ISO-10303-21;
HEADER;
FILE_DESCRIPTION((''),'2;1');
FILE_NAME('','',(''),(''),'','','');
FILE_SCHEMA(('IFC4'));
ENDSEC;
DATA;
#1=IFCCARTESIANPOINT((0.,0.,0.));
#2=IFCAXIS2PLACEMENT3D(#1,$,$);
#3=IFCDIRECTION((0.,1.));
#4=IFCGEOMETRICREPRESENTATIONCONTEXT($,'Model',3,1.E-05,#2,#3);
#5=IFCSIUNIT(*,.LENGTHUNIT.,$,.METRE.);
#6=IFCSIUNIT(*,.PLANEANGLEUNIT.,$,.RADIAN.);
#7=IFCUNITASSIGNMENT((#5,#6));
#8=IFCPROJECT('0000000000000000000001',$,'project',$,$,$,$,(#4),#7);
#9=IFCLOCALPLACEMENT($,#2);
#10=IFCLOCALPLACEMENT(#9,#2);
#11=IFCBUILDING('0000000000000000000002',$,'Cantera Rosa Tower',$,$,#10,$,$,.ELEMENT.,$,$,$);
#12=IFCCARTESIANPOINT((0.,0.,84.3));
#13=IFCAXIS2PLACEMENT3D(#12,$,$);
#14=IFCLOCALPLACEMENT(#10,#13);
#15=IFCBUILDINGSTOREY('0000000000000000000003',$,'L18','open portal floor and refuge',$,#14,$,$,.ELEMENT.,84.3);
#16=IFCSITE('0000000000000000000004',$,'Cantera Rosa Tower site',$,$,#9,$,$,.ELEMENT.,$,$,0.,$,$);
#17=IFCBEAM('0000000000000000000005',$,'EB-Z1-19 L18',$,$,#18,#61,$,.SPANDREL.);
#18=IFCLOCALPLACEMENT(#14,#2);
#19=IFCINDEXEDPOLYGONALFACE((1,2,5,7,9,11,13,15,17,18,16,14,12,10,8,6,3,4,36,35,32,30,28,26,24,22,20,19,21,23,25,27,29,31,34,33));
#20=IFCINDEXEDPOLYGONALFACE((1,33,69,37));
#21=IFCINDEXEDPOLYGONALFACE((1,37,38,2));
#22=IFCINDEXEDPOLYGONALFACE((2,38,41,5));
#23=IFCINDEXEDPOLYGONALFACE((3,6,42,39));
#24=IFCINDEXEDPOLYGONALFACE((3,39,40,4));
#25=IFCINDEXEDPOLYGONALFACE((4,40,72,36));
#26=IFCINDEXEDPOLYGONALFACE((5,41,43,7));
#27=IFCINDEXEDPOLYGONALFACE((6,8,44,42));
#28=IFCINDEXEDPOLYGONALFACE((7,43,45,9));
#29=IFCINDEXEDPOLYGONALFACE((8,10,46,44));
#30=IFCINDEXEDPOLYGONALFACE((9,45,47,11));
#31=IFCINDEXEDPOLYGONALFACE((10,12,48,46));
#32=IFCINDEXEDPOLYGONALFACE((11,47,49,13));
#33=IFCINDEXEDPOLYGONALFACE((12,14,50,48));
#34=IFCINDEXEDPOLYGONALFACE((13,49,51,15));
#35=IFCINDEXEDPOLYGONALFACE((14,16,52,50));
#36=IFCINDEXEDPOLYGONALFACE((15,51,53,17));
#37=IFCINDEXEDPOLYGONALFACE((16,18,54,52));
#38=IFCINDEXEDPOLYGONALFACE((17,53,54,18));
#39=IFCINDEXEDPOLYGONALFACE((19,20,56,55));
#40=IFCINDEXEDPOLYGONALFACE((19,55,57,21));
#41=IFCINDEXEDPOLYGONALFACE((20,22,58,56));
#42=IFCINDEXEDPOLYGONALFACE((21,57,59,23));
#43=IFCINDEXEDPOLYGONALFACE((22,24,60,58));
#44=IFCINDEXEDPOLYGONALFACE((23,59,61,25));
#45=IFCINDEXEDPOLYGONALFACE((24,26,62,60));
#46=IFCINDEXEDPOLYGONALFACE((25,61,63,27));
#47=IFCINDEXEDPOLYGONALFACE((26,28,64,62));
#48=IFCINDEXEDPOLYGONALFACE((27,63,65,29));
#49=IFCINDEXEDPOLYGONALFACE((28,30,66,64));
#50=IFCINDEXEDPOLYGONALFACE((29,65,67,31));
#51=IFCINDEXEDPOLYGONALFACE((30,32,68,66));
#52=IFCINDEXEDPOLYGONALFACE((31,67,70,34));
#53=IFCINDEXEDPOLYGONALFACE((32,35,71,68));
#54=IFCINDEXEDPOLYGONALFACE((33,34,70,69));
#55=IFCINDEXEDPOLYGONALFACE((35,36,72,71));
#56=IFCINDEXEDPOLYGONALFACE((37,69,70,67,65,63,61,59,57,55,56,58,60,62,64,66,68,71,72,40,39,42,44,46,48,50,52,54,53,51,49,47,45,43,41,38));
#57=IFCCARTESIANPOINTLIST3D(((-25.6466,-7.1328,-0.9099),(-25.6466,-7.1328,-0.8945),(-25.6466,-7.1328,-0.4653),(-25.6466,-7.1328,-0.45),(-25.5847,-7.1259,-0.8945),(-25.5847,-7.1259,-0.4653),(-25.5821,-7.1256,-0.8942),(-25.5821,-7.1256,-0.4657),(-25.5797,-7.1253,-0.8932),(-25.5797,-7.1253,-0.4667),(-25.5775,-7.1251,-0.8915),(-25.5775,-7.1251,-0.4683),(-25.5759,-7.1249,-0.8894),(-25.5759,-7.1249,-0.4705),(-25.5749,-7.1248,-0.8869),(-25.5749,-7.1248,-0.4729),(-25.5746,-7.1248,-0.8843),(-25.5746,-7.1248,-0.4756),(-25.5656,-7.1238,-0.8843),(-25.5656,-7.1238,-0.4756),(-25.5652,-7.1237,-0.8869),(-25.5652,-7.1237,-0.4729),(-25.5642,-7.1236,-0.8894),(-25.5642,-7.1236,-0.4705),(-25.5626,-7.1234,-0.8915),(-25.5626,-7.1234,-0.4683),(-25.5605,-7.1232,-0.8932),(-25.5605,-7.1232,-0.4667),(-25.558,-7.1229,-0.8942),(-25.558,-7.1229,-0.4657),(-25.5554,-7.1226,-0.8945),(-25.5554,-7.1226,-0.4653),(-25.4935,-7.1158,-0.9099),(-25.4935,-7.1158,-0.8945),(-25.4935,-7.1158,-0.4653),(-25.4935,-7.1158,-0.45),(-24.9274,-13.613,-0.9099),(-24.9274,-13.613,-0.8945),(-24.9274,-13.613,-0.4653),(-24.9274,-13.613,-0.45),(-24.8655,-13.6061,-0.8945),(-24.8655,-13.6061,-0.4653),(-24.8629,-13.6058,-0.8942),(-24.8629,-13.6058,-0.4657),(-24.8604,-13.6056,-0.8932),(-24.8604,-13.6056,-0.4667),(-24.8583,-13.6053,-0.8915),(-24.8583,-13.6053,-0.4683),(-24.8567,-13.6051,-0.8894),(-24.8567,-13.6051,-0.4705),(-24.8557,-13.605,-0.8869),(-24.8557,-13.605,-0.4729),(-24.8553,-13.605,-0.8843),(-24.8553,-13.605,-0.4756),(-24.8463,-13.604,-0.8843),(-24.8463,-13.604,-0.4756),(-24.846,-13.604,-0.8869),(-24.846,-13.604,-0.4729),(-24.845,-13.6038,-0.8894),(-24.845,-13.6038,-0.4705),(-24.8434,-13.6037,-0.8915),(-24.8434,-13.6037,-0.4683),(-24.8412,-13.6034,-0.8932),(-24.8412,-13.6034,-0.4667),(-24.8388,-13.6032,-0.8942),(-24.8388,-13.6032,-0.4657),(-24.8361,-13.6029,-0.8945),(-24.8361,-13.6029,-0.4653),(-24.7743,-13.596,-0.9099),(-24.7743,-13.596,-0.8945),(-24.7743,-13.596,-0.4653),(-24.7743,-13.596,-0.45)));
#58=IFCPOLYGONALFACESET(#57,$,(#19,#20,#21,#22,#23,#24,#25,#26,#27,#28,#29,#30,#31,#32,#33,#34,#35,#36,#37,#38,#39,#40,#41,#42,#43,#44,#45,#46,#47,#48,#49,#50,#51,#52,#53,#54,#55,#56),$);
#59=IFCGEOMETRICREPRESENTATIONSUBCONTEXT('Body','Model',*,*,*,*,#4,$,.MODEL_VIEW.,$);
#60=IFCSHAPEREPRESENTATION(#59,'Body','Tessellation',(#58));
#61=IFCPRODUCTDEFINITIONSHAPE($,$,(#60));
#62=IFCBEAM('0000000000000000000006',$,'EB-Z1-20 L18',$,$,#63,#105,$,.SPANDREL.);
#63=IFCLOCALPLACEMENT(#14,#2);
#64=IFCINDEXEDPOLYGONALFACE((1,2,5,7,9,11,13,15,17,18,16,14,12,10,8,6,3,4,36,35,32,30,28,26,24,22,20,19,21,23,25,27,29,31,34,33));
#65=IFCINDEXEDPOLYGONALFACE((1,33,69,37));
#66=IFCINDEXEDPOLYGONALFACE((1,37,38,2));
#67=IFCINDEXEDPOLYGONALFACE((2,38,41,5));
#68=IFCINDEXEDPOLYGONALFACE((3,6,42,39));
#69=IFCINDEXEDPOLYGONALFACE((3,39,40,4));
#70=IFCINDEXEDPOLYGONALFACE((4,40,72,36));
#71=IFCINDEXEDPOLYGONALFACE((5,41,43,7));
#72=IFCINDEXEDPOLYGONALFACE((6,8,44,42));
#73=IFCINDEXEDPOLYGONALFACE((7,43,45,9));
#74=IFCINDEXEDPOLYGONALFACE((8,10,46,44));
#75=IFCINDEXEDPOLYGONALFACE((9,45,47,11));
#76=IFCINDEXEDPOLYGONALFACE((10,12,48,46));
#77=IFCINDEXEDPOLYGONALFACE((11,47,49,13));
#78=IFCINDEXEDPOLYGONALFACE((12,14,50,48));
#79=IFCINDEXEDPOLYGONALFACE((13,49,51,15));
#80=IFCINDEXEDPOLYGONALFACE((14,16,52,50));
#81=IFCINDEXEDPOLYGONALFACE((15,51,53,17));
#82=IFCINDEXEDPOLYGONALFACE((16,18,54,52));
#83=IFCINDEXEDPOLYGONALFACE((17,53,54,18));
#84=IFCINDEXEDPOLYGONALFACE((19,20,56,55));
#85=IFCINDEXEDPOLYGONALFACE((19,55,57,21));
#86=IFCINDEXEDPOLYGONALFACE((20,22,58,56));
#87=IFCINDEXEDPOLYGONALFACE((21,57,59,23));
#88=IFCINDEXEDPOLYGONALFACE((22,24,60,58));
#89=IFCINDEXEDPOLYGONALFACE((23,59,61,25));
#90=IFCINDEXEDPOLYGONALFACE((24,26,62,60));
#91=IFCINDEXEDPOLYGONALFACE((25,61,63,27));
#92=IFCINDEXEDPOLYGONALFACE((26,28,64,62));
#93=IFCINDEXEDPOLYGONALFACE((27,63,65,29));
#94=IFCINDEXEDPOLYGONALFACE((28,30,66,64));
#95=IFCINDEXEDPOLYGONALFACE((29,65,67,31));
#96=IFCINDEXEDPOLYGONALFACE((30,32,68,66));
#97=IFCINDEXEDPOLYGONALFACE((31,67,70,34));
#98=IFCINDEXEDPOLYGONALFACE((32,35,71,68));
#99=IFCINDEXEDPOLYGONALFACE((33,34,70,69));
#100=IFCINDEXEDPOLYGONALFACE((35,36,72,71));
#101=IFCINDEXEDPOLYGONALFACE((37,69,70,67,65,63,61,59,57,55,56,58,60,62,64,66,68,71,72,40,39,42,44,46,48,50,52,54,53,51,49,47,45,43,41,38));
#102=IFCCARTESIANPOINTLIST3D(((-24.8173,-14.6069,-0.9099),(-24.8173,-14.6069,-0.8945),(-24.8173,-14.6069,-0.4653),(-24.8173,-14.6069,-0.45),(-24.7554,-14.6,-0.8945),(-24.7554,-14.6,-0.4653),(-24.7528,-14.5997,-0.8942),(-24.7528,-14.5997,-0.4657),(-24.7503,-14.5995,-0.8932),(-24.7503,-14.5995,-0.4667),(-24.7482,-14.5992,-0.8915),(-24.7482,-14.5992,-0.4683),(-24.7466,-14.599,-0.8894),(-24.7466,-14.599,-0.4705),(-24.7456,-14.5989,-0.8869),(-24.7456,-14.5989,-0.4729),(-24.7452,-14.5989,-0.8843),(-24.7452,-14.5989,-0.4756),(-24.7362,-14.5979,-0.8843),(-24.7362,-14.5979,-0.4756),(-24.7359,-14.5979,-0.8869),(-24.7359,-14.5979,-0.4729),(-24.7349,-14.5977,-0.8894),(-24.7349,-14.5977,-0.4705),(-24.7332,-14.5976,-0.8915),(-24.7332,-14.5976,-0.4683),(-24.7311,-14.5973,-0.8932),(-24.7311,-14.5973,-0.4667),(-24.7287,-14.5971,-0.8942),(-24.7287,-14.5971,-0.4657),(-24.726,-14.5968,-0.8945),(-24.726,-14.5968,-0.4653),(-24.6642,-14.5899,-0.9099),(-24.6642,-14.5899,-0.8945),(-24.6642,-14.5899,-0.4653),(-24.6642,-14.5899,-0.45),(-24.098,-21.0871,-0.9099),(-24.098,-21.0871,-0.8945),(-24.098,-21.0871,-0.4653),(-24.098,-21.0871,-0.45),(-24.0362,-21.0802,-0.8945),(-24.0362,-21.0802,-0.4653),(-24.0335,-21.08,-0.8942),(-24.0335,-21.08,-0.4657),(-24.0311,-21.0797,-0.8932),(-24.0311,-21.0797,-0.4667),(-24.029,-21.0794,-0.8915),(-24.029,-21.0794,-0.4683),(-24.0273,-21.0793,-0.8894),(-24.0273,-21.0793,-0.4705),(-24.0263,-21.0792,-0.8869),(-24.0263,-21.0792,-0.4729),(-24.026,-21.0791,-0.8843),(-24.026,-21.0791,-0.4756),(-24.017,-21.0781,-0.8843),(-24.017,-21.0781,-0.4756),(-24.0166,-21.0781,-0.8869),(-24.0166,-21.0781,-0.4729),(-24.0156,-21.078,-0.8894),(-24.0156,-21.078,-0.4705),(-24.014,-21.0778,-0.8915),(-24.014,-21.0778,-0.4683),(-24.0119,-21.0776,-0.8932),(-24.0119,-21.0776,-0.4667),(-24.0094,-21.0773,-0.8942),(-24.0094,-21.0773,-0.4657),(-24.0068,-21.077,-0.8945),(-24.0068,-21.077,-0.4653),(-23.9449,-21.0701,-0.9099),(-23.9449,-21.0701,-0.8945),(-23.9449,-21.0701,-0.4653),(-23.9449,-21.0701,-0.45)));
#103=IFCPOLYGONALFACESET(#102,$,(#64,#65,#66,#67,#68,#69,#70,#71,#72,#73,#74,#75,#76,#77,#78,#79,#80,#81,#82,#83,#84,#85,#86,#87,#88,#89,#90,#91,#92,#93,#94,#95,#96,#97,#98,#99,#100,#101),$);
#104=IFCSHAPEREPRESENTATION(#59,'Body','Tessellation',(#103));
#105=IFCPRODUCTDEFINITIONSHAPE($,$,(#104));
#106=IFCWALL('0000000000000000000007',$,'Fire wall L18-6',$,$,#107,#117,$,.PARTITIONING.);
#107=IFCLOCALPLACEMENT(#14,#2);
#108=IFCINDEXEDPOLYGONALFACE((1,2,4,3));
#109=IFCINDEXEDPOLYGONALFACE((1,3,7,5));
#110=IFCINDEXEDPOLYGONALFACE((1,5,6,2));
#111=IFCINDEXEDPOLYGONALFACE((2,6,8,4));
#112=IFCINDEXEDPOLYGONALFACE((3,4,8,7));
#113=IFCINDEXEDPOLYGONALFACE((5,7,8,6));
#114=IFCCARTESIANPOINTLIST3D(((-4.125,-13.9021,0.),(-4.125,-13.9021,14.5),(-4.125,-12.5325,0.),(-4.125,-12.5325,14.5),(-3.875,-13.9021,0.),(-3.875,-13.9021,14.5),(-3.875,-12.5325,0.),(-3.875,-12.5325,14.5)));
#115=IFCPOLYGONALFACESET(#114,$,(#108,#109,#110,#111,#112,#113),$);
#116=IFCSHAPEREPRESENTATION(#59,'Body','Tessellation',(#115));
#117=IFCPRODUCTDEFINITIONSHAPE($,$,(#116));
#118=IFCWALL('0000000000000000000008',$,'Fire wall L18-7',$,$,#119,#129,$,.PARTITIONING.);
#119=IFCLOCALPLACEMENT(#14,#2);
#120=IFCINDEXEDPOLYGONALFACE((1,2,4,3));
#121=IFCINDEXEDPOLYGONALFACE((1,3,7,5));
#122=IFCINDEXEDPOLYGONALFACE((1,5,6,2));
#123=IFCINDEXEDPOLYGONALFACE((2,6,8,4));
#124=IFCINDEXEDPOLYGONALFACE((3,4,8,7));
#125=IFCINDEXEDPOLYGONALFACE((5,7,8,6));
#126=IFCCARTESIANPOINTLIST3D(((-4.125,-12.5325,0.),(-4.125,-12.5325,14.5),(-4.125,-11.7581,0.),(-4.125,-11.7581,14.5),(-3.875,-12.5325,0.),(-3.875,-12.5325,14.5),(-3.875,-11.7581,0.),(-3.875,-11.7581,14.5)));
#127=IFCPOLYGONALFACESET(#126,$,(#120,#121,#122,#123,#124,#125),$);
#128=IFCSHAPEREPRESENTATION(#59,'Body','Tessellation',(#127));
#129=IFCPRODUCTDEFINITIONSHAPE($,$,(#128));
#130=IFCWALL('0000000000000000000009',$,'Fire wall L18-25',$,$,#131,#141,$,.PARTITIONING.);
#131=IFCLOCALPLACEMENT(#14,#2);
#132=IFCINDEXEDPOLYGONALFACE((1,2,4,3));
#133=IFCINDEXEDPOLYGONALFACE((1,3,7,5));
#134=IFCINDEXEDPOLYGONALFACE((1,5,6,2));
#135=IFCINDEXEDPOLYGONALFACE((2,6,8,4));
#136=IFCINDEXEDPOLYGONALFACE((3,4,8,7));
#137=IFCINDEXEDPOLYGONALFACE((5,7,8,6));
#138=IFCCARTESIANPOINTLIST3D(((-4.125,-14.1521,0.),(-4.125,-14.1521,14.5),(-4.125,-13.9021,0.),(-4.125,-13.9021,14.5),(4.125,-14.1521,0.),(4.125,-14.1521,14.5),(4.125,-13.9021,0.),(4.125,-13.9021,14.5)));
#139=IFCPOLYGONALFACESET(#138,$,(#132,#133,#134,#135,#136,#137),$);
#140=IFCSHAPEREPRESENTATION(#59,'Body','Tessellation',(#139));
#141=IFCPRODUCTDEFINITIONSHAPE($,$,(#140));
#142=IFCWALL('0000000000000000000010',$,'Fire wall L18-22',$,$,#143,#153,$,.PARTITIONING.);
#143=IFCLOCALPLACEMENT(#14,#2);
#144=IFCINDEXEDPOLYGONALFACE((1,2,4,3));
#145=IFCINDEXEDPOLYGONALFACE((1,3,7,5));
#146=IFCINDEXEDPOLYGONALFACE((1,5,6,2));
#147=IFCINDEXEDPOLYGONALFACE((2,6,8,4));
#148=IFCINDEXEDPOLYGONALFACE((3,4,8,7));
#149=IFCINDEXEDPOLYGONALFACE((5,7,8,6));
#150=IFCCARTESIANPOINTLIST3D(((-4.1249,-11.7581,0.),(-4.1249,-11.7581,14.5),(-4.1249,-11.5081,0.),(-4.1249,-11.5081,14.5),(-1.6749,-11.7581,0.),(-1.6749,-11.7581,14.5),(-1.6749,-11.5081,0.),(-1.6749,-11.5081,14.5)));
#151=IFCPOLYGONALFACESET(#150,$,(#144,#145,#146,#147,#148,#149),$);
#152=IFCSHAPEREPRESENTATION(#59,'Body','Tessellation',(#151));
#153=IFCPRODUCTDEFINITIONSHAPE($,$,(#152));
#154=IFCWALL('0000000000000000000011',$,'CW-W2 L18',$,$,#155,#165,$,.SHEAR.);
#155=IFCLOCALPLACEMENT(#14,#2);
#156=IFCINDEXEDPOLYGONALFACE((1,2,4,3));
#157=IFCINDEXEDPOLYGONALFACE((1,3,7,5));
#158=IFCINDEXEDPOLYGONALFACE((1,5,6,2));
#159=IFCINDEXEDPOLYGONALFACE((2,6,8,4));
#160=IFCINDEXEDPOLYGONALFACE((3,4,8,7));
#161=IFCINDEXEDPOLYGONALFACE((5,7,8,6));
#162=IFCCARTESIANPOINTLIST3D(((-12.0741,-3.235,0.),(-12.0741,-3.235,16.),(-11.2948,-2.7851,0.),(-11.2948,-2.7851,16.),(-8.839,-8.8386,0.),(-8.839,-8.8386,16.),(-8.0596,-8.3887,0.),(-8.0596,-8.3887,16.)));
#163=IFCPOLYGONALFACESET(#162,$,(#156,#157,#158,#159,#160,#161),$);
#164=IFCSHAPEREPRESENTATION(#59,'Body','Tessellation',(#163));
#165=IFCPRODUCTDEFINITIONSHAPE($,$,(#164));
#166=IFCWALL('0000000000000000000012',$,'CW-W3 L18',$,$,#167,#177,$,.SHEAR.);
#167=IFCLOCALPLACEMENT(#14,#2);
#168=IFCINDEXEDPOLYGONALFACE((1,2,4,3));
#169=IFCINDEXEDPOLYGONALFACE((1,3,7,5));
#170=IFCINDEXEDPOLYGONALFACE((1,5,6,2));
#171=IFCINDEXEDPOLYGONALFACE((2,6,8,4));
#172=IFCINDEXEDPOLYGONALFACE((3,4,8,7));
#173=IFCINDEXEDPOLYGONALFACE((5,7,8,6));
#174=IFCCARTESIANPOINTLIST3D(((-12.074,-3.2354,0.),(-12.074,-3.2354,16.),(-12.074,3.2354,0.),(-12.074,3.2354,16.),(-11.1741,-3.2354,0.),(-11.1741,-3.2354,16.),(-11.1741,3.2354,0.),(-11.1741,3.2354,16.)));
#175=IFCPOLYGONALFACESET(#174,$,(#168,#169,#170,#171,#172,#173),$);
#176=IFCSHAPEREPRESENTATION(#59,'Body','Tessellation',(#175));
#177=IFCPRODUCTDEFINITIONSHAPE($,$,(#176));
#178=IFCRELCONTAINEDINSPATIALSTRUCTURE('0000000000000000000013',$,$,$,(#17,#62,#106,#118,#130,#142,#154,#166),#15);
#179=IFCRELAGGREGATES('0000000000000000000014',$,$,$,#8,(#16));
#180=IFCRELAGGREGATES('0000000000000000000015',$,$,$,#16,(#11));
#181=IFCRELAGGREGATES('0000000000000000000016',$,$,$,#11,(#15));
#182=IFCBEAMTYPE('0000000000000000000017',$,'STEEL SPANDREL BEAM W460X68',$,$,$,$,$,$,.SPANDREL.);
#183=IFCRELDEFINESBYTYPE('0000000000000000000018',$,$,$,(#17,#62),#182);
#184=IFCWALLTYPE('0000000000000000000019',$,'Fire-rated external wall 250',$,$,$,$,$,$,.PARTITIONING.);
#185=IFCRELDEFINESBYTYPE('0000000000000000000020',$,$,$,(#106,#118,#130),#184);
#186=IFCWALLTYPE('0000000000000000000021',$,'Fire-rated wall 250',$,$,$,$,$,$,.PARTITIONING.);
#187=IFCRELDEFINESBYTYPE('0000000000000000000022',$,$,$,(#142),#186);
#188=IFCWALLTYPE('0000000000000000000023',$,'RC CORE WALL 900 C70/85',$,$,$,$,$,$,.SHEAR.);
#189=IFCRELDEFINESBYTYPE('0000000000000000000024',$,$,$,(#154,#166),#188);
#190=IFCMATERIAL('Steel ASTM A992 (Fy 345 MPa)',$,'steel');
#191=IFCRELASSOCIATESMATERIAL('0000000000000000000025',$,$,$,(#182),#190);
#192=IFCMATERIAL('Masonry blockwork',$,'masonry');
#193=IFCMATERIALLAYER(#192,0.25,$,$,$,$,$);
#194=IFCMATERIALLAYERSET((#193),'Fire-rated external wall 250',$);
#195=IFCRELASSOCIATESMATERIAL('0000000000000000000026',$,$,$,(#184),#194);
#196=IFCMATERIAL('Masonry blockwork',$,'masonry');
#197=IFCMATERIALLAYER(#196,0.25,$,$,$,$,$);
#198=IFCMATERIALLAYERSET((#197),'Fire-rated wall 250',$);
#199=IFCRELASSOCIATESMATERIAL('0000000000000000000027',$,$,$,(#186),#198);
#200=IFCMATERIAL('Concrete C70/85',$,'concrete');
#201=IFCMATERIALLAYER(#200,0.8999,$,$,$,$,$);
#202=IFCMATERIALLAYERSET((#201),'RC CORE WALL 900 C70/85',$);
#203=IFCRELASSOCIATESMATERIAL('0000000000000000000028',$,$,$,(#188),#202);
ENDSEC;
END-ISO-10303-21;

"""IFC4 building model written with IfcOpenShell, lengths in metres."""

from ifc_helpers import new_model, si_unit, direction, frame, frame_2d, origin, origin_2d, place, context, subcontext, project, spatial, rectangle, i_section, extrude, material, layer, layer_set, material_profile, profile_set, type_object, element, save


model = new_model("IFC4")

# Units and contexts
model_context = context("Model", 3, precision=1e-05, world=origin(), true_north=direction((0.0, 1.0)))
body_context = subcontext(model_context, "Body", "Model", "MODEL_VIEW")
ifc_project = project(units=[si_unit("LENGTHUNIT", "METRE"), si_unit("PLANEANGLEUNIT", "RADIAN")], contexts=[model_context])

# Site, building, storey
site_placement = place(None, origin())
site = spatial("IfcSite", under=ifc_project, at=site_placement, Name="Cantera Rosa Tower site", CompositionType="ELEMENT", RefElevation=0.0)
building_placement = place(site_placement, origin())
building = spatial("IfcBuilding", under=site, at=building_placement, Name="Cantera Rosa Tower", CompositionType="ELEMENT")
storey_placement = place(building_placement, frame((0.0, 0.0, 84.3)))
storey = spatial("IfcBuildingStorey", under=building, at=storey_placement, Name="L18", Description="open portal floor and refuge", CompositionType="ELEMENT", Elevation=84.3)

# Beams
ifc_material_1 = material(Name="Steel ASTM A992 (Fy 345 MPa)", Category="steel")
ifc_material_profile_1 = material_profile(ifc_material_1, i_section(OverallWidth=0.1541, OverallDepth=0.46, WebThickness=0.009, FlangeThickness=0.0154, FilletRadius=0.0103, at=origin_2d()), Name="W460X68")
ifc_profile_set_1 = profile_set([ifc_material_profile_1], Name="Steel ASTM A992 (Fy 345 MPa)")
beam_type_1 = type_object("IfcBeamType", Name="STEEL SPANDREL BEAM W460X68", PredefinedType="SPANDREL", material=ifc_profile_set_1)
for number, where, z_axis, x_axis, name in (
    (1, (-25.5701, -7.1243, -0.6799), (0.110312, -0.993897, 0.0), (0.993897, 0.110312, 0.0), "EB-Z1-19 L18"),
    (2, (-24.7407, -14.5984, -0.6799), (0.110312, -0.993897, 0.0), (0.993897, 0.110312, 0.0), "EB-Z1-20 L18"),
):
    element("IfcBeam", number, at=place(storey_placement, frame(where, z_axis=z_axis, x_axis=x_axis)), inside=storey, type_object=beam_type_1, Name=name, PredefinedType="SPANDREL", context=body_context, shape_type="SweptSolid", body=[
        extrude(i_section(OverallWidth=0.1541, OverallDepth=0.46, WebThickness=0.009, FlangeThickness=0.0154, FilletRadius=0.0103, at=origin_2d()), origin(), (0.0, 0.0, 1.0), 6.52),
    ])

# Walls
ifc_material_2 = material(Name="Masonry blockwork", Category="masonry")
ifc_layer_1 = layer(ifc_material_2, 0.25)
ifc_layer_set_1 = layer_set([ifc_layer_1], Name="Fire-rated external wall 250")
wall_type_1 = type_object("IfcWallType", Name="Fire-rated external wall 250", PredefinedType="PARTITIONING", material=ifc_layer_set_1)
wall_1_placement = place(storey_placement, frame((-4.0, -13.9021, 0.0), z_axis=(0.0, 0.0, 1.0), x_axis=(0.0, 1.0, 0.0)))
element("IfcWall", 3, at=wall_1_placement, inside=storey, type_object=wall_type_1, Name="Fire wall L18-6", PredefinedType="PARTITIONING", context=body_context, shape_type="SweptSolid", body=[
    extrude(rectangle(XDim=1.3696, YDim=0.25, at=frame_2d((0.6848, 0.0))), origin(), (0.0, 0.0, 1.0), 14.5),
])
wall_2_placement = place(storey_placement, frame((-4.0, -12.5325, 0.0), z_axis=(0.0, 0.0, 1.0), x_axis=(0.0, 1.0, 0.0)))
element("IfcWall", 4, at=wall_2_placement, inside=storey, type_object=wall_type_1, Name="Fire wall L18-7", PredefinedType="PARTITIONING", context=body_context, shape_type="SweptSolid", body=[
    extrude(rectangle(XDim=0.7744, YDim=0.25, at=frame_2d((0.3872, 0.0))), origin(), (0.0, 0.0, 1.0), 14.5),
])
wall_3_placement = place(storey_placement, frame((-4.125, -14.0271, 0.0), z_axis=(0.0, 0.0, 1.0), x_axis=(1.0, 0.0, 0.0)))
element("IfcWall", 5, at=wall_3_placement, inside=storey, type_object=wall_type_1, Name="Fire wall L18-25", PredefinedType="PARTITIONING", context=body_context, shape_type="SweptSolid", body=[
    extrude(rectangle(XDim=8.25, YDim=0.25, at=frame_2d((4.125, 0.0))), origin(), (0.0, 0.0, 1.0), 14.5),
])
ifc_material_3 = material(Name="Masonry blockwork", Category="masonry")
ifc_layer_2 = layer(ifc_material_3, 0.25)
ifc_layer_set_2 = layer_set([ifc_layer_2], Name="Fire-rated wall 250")
wall_type_2 = type_object("IfcWallType", Name="Fire-rated wall 250", PredefinedType="PARTITIONING", material=ifc_layer_set_2)
wall_4_placement = place(storey_placement, frame((-4.125, -11.6331, 0.0), z_axis=(0.0, 0.0, 1.0), x_axis=(1.0, 0.0, 0.0)))
element("IfcWall", 6, at=wall_4_placement, inside=storey, type_object=wall_type_2, Name="Fire wall L18-22", PredefinedType="PARTITIONING", context=body_context, shape_type="SweptSolid", body=[
    extrude(rectangle(XDim=2.45, YDim=0.25, at=frame_2d((1.2251, 0.0))), origin(), (0.0, 0.0, 1.0), 14.5),
])
ifc_material_4 = material(Name="Concrete C70/85", Category="concrete")
ifc_layer_3 = layer(ifc_material_4, 0.8999)
ifc_layer_set_3 = layer_set([ifc_layer_3], Name="RC CORE WALL 900 C70/85")
wall_type_3 = type_object("IfcWallType", Name="RC CORE WALL 900 C70/85", PredefinedType="SHEAR", material=ifc_layer_set_3)
wall_5_placement = place(storey_placement, frame((-8.4492, -8.6138, 0.0), z_axis=(0.0, 0.0, 1.0), x_axis=(-0.49999, 0.866031, 0.0)))
element("IfcWall", 7, at=wall_5_placement, inside=storey, type_object=wall_type_3, Name="CW-W2 L18", PredefinedType="SHEAR", context=body_context, shape_type="SweptSolid", body=[
    extrude(rectangle(XDim=6.4705, YDim=0.8999, at=frame_2d((3.2354, 0.0))), origin(), (0.0, 0.0, 1.0), 16.0),
])
wall_6_placement = place(storey_placement, frame((-11.624, -3.2354, 0.0), z_axis=(0.0, 0.0, 1.0), x_axis=(0.0, 1.0, 0.0)))
element("IfcWall", 8, at=wall_6_placement, inside=storey, type_object=wall_type_3, Name="CW-W3 L18", PredefinedType="SHEAR", context=body_context, shape_type="SweptSolid", body=[
    extrude(rectangle(XDim=6.4707, YDim=0.8999, at=frame_2d((3.2354, 0.0))), origin(), (0.0, 0.0, 1.0), 16.0),
])

save(model, "model.ifc")
